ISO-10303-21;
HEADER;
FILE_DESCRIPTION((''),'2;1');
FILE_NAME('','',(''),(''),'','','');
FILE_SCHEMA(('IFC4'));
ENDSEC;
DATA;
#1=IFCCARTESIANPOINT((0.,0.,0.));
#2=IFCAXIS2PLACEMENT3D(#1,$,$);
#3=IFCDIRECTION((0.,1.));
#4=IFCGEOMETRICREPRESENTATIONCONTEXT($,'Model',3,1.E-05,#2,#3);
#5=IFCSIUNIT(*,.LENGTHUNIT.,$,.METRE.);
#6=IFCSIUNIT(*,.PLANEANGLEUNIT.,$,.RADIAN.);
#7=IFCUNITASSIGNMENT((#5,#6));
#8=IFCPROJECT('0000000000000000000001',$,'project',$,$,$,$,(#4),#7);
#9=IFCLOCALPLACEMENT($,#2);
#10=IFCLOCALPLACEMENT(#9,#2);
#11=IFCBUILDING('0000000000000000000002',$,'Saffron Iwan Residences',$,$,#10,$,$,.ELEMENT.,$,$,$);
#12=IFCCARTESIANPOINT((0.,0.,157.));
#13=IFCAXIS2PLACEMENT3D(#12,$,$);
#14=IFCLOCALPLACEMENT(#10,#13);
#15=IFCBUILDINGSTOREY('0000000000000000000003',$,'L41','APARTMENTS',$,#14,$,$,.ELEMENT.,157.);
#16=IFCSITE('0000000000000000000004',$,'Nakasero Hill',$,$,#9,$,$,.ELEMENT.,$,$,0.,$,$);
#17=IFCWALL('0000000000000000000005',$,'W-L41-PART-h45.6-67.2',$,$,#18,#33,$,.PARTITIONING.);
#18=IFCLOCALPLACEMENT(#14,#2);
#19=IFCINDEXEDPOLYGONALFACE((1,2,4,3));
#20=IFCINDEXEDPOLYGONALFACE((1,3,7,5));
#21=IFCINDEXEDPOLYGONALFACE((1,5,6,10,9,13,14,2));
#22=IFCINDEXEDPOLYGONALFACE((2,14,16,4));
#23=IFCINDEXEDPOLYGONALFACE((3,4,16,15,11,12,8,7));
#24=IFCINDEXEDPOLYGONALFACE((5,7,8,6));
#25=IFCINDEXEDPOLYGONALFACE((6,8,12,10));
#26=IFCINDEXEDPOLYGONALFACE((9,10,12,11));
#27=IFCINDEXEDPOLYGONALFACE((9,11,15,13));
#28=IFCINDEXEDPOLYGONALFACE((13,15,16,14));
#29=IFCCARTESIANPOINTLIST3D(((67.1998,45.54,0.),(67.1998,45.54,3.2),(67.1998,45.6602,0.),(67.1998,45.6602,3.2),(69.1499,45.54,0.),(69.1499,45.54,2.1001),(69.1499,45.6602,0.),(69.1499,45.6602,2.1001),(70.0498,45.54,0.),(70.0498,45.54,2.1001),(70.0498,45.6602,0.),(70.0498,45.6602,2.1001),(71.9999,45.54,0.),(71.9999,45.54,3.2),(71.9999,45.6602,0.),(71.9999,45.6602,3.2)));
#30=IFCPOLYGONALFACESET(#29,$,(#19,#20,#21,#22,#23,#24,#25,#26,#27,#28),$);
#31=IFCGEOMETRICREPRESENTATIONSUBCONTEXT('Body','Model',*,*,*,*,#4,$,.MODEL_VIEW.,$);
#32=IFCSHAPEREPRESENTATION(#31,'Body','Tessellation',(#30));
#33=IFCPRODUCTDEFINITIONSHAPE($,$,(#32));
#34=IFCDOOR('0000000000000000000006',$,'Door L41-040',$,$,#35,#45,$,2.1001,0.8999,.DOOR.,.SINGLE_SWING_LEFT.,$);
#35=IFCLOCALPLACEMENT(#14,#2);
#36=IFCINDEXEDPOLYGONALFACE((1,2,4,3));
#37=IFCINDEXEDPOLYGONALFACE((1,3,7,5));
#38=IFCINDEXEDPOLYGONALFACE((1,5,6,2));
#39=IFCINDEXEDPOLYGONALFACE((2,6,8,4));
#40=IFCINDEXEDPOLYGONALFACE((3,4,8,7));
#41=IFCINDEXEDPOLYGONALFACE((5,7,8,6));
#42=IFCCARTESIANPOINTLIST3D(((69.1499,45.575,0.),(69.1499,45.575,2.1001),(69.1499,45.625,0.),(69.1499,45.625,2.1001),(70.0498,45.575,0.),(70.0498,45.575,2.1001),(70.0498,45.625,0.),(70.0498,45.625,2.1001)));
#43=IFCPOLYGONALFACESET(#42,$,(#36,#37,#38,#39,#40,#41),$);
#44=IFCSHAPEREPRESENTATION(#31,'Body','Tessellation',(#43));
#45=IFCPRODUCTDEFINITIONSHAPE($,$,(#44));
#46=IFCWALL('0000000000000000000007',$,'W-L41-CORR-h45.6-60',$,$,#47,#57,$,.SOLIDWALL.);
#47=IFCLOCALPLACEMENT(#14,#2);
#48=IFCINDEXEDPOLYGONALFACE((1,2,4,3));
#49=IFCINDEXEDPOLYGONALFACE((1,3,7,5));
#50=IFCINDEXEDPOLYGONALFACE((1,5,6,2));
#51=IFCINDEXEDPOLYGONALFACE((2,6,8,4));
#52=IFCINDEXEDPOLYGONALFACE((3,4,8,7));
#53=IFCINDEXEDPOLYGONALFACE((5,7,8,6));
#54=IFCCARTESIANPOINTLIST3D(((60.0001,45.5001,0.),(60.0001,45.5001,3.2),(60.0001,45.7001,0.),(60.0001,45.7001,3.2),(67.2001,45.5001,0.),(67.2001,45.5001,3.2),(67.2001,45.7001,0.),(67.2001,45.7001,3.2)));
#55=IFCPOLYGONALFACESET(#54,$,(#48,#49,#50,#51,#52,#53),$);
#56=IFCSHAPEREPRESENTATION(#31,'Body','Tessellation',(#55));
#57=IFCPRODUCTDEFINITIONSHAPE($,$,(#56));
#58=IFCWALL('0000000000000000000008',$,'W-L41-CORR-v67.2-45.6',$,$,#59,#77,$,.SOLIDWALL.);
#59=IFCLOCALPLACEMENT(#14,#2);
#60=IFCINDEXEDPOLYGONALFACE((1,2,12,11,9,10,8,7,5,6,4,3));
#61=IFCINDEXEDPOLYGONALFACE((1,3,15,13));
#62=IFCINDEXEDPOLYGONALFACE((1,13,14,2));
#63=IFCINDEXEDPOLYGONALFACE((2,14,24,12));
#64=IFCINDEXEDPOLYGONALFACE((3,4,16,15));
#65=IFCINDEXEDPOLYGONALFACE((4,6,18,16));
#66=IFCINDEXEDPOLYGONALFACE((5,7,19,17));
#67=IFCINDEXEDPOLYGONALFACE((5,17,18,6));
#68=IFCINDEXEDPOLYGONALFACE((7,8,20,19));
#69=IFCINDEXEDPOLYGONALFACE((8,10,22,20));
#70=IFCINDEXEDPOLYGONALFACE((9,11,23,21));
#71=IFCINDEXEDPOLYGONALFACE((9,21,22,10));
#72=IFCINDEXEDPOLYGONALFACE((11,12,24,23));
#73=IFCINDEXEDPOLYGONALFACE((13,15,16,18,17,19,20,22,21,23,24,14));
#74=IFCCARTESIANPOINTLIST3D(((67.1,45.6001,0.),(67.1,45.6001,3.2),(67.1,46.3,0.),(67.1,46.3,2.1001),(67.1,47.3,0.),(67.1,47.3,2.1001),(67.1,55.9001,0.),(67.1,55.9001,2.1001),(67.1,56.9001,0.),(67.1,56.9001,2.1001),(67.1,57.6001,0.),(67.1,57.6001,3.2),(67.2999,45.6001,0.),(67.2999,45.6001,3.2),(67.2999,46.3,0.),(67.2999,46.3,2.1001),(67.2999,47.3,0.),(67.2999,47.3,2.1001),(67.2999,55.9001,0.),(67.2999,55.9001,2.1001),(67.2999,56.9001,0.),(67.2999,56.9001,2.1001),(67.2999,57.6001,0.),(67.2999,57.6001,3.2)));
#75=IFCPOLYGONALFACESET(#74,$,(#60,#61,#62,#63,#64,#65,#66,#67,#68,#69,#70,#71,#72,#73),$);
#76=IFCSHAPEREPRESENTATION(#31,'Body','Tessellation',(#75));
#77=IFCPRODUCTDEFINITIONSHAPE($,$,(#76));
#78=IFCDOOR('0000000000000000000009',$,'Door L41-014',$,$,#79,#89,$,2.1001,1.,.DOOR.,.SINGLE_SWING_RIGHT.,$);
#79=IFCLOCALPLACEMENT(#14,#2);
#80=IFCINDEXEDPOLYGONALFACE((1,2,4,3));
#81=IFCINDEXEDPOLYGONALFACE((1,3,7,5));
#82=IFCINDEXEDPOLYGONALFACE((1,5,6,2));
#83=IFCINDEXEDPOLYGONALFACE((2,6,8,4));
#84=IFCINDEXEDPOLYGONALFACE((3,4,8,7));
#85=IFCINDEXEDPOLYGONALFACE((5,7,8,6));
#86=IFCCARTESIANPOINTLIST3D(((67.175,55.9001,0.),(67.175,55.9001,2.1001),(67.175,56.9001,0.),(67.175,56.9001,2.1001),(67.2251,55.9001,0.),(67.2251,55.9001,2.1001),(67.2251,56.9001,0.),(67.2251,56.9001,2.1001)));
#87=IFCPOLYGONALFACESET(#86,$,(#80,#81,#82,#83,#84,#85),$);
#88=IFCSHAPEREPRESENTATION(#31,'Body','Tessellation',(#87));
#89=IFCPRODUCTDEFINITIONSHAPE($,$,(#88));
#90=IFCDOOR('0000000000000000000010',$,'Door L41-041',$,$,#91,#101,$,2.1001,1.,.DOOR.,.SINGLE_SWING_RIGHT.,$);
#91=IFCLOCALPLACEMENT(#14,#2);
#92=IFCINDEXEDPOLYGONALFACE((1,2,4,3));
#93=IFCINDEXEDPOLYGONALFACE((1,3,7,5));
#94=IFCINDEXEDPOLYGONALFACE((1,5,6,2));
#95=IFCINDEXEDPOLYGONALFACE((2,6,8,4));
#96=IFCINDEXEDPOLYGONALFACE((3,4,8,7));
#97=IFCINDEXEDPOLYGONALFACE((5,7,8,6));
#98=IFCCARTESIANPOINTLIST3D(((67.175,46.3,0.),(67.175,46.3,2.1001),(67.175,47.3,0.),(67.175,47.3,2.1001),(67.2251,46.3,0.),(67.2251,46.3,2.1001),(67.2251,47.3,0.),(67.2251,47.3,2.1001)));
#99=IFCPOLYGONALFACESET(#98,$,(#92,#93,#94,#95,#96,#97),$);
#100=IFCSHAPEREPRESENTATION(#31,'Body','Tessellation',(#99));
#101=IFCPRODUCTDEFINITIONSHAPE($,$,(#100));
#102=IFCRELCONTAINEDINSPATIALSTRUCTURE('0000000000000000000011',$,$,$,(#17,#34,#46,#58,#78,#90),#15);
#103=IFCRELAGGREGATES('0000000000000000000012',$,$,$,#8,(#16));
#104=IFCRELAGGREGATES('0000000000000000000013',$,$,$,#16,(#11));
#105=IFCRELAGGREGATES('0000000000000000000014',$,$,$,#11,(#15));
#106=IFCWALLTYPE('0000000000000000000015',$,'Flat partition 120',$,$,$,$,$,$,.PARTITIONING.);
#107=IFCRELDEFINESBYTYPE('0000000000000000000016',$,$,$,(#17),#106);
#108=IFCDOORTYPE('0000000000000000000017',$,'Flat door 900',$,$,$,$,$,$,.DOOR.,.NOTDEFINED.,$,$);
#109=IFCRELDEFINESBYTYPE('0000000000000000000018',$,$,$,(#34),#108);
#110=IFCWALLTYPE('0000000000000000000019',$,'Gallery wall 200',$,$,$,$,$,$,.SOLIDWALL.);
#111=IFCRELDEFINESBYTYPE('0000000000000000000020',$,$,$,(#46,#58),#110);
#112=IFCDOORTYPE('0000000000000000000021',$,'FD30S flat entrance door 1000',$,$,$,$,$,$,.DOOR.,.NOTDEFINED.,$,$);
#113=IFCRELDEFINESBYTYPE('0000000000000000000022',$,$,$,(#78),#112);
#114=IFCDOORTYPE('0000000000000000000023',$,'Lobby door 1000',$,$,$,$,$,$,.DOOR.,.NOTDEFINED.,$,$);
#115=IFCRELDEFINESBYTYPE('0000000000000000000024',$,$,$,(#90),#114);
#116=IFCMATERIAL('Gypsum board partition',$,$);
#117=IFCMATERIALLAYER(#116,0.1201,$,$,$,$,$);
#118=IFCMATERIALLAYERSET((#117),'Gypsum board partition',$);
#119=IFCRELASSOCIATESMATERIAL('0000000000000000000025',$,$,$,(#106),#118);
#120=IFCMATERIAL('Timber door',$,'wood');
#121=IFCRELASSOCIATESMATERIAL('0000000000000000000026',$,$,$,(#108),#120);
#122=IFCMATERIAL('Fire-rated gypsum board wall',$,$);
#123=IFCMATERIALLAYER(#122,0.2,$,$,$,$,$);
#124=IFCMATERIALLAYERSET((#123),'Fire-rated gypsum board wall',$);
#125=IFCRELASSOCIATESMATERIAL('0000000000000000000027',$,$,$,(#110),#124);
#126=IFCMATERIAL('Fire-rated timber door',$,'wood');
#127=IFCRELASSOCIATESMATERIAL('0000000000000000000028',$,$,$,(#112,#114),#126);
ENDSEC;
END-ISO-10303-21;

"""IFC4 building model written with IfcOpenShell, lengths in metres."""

from ifc_helpers import new_model, si_unit, direction, frame, frame_2d, origin, place, context, subcontext, project, spatial, rectangle, extrude, material, layer, layer_set, type_object, element, fill, save


model = new_model("IFC4")

# Units and contexts
model_context = context("Model", 3, precision=1e-05, world=origin(), true_north=direction((0.0, 1.0)))
body_context = subcontext(model_context, "Body", "Model", "MODEL_VIEW")
ifc_project = project(units=[si_unit("LENGTHUNIT", "METRE"), si_unit("PLANEANGLEUNIT", "RADIAN")], contexts=[model_context])

# Site, building, storey
site_placement = place(None, origin())
site = spatial("IfcSite", under=ifc_project, at=site_placement, Name="Nakasero Hill", CompositionType="ELEMENT", RefElevation=0.0)
building_placement = place(site_placement, origin())
building = spatial("IfcBuilding", under=site, at=building_placement, Name="Saffron Iwan Residences", CompositionType="ELEMENT")
storey_placement = place(building_placement, frame((0.0, 0.0, 157.0)))
storey = spatial("IfcBuildingStorey", under=building, at=storey_placement, Name="L41", Description="APARTMENTS", CompositionType="ELEMENT", Elevation=157.0)

# Shared definitions
ifc_material_1 = material(Name="Gypsum board partition")
ifc_layer_1 = layer(ifc_material_1, 0.1201)
ifc_layer_set_1 = layer_set([ifc_layer_1], Name="Gypsum board partition")
wall_type_1 = type_object("IfcWallType", Name="Flat partition 120", PredefinedType="PARTITIONING", material=ifc_layer_set_1)
ifc_material_2 = material(Name="Timber door", Category="wood")
door_type_1 = type_object("IfcDoorType", Name="Flat door 900", OperationType="NOTDEFINED", PredefinedType="DOOR", material=ifc_material_2)

# Wall, opening, door
wall_1_placement = place(storey_placement, frame((67.2, 45.6001, 0.0), z_axis=(0.0, 0.0, 1.0), x_axis=(1.0, 0.0, 0.0)))
wall_1 = element("IfcWall", 1, at=wall_1_placement, inside=storey, type_object=wall_type_1, Name="W-L41-PART-h45.6-67.2", PredefinedType="PARTITIONING", context=body_context, shape_type="SweptSolid", body=[
    extrude(rectangle(XDim=4.8, YDim=0.1201, at=frame_2d((2.3999, 0.0))), origin(), (0.0, 0.0, 1.0), 3.2),
])
opening_1_placement = place(wall_1_placement, frame((1.95, 0.0, 0.0)))
opening_1 = element("IfcOpeningElement", 2, at=opening_1_placement, cuts=wall_1, PredefinedType="OPENING", context=body_context, shape_type="SweptSolid", body=[
    extrude(rectangle(XDim=0.8999, YDim=2.1001, at=frame_2d((0.45, 1.05))), frame((0.0, 0.0701, 0.0), z_axis=(0.0, -1.0, 0.0), x_axis=(1.0, 0.0, 0.0)), (0.0, 0.0, 1.0), 0.1401),
])
door_1_placement = place(opening_1_placement, origin())
door_1 = element("IfcDoor", 3, at=door_1_placement, inside=storey, type_object=door_type_1, Name="Door L41-040", OperationType="SINGLE_SWING_LEFT", OverallHeight=2.1001, OverallWidth=0.8999, PredefinedType="DOOR", context=body_context, shape_type="SweptSolid", body=[
    extrude(rectangle(XDim=0.8999, YDim=2.1001, at=frame_2d((0.45, 1.05))), frame((0.0, 0.0249, 0.0), z_axis=(0.0, -1.0, 0.0), x_axis=(1.0, 0.0, 0.0)), (0.0, 0.0, 1.0), 0.05),
])
fill(opening_1, door_1)

# Wall
ifc_material_3 = material(Name="Fire-rated gypsum board wall")
ifc_layer_2 = layer(ifc_material_3, 0.2)
ifc_layer_set_2 = layer_set([ifc_layer_2], Name="Fire-rated gypsum board wall")
wall_type_2 = type_object("IfcWallType", Name="Gallery wall 200", PredefinedType="SOLIDWALL", material=ifc_layer_set_2)
wall_2_placement = place(storey_placement, frame((60.0, 45.6001, 0.0), z_axis=(0.0, 0.0, 1.0), x_axis=(1.0, 0.0, 0.0)))
element("IfcWall", 4, at=wall_2_placement, inside=storey, type_object=wall_type_2, Name="W-L41-CORR-h45.6-60", PredefinedType="SOLIDWALL", context=body_context, shape_type="SweptSolid", body=[
    extrude(rectangle(XDim=7.2, YDim=0.2, at=frame_2d((3.6001, 0.0))), origin(), (0.0, 0.0, 1.0), 3.2),
])

# Wall, openings, doors
wall_3_placement = place(storey_placement, frame((67.2, 45.6001, 0.0), z_axis=(0.0, 0.0, 1.0), x_axis=(0.0, 1.0, 0.0)))
wall_3 = element("IfcWall", 5, at=wall_3_placement, inside=storey, type_object=wall_type_2, Name="W-L41-CORR-v67.2-45.6", PredefinedType="SOLIDWALL", context=body_context, shape_type="SweptSolid", body=[
    extrude(rectangle(XDim=12.0, YDim=0.2, at=frame_2d((6.0, 0.0))), origin(), (0.0, 0.0, 1.0), 3.2),
])
opening_2_placement = place(wall_3_placement, frame((10.3, 0.0, 0.0)))
opening_2 = element("IfcOpeningElement", 6, at=opening_2_placement, cuts=wall_3, PredefinedType="OPENING", context=body_context, shape_type="SweptSolid", body=[
    extrude(rectangle(XDim=1.0, YDim=2.1001, at=frame_2d((0.5, 1.05))), frame((0.0, 0.1099, 0.0), z_axis=(0.0, -1.0, 0.0), x_axis=(1.0, 0.0, 0.0)), (0.0, 0.0, 1.0), 0.22),
])
opening_3_placement = place(wall_3_placement, frame((0.7, 0.0, 0.0)))
opening_3 = element("IfcOpeningElement", 7, at=opening_3_placement, cuts=wall_3, PredefinedType="OPENING", context=body_context, shape_type="SweptSolid", body=[
    extrude(rectangle(XDim=1.0, YDim=2.1001, at=frame_2d((0.5, 1.05))), frame((0.0, 0.1099, 0.0), z_axis=(0.0, -1.0, 0.0), x_axis=(1.0, 0.0, 0.0)), (0.0, 0.0, 1.0), 0.22),
])
ifc_material_4 = material(Name="Fire-rated timber door", Category="wood")
door_type_2 = type_object("IfcDoorType", Name="FD30S flat entrance door 1000", OperationType="NOTDEFINED", PredefinedType="DOOR", material=ifc_material_4)
door_2_placement = place(opening_2_placement, origin())
door_2 = element("IfcDoor", 8, at=door_2_placement, inside=storey, type_object=door_type_2, Name="Door L41-014", OperationType="SINGLE_SWING_RIGHT", OverallHeight=2.1001, OverallWidth=1.0, PredefinedType="DOOR", context=body_context, shape_type="SweptSolid", body=[
    extrude(rectangle(XDim=1.0, YDim=2.1001, at=frame_2d((0.5, 1.05))), frame((0.0, 0.0249, 0.0), z_axis=(0.0, -1.0, 0.0), x_axis=(1.0, 0.0, 0.0)), (0.0, 0.0, 1.0), 0.05),
])
fill(opening_2, door_2)
door_type_3 = type_object("IfcDoorType", Name="Lobby door 1000", OperationType="NOTDEFINED", PredefinedType="DOOR", material=ifc_material_4)
door_3_placement = place(opening_3_placement, origin())
door_3 = element("IfcDoor", 9, at=door_3_placement, inside=storey, type_object=door_type_3, Name="Door L41-041", OperationType="SINGLE_SWING_RIGHT", OverallHeight=2.1001, OverallWidth=1.0, PredefinedType="DOOR", context=body_context, shape_type="SweptSolid", body=[
    extrude(rectangle(XDim=1.0, YDim=2.1001, at=frame_2d((0.5, 1.05))), frame((0.0, 0.0249, 0.0), z_axis=(0.0, -1.0, 0.0), x_axis=(1.0, 0.0, 0.0)), (0.0, 0.0, 1.0), 0.05),
])
fill(opening_3, door_3)

save(model, "model.ifc")
